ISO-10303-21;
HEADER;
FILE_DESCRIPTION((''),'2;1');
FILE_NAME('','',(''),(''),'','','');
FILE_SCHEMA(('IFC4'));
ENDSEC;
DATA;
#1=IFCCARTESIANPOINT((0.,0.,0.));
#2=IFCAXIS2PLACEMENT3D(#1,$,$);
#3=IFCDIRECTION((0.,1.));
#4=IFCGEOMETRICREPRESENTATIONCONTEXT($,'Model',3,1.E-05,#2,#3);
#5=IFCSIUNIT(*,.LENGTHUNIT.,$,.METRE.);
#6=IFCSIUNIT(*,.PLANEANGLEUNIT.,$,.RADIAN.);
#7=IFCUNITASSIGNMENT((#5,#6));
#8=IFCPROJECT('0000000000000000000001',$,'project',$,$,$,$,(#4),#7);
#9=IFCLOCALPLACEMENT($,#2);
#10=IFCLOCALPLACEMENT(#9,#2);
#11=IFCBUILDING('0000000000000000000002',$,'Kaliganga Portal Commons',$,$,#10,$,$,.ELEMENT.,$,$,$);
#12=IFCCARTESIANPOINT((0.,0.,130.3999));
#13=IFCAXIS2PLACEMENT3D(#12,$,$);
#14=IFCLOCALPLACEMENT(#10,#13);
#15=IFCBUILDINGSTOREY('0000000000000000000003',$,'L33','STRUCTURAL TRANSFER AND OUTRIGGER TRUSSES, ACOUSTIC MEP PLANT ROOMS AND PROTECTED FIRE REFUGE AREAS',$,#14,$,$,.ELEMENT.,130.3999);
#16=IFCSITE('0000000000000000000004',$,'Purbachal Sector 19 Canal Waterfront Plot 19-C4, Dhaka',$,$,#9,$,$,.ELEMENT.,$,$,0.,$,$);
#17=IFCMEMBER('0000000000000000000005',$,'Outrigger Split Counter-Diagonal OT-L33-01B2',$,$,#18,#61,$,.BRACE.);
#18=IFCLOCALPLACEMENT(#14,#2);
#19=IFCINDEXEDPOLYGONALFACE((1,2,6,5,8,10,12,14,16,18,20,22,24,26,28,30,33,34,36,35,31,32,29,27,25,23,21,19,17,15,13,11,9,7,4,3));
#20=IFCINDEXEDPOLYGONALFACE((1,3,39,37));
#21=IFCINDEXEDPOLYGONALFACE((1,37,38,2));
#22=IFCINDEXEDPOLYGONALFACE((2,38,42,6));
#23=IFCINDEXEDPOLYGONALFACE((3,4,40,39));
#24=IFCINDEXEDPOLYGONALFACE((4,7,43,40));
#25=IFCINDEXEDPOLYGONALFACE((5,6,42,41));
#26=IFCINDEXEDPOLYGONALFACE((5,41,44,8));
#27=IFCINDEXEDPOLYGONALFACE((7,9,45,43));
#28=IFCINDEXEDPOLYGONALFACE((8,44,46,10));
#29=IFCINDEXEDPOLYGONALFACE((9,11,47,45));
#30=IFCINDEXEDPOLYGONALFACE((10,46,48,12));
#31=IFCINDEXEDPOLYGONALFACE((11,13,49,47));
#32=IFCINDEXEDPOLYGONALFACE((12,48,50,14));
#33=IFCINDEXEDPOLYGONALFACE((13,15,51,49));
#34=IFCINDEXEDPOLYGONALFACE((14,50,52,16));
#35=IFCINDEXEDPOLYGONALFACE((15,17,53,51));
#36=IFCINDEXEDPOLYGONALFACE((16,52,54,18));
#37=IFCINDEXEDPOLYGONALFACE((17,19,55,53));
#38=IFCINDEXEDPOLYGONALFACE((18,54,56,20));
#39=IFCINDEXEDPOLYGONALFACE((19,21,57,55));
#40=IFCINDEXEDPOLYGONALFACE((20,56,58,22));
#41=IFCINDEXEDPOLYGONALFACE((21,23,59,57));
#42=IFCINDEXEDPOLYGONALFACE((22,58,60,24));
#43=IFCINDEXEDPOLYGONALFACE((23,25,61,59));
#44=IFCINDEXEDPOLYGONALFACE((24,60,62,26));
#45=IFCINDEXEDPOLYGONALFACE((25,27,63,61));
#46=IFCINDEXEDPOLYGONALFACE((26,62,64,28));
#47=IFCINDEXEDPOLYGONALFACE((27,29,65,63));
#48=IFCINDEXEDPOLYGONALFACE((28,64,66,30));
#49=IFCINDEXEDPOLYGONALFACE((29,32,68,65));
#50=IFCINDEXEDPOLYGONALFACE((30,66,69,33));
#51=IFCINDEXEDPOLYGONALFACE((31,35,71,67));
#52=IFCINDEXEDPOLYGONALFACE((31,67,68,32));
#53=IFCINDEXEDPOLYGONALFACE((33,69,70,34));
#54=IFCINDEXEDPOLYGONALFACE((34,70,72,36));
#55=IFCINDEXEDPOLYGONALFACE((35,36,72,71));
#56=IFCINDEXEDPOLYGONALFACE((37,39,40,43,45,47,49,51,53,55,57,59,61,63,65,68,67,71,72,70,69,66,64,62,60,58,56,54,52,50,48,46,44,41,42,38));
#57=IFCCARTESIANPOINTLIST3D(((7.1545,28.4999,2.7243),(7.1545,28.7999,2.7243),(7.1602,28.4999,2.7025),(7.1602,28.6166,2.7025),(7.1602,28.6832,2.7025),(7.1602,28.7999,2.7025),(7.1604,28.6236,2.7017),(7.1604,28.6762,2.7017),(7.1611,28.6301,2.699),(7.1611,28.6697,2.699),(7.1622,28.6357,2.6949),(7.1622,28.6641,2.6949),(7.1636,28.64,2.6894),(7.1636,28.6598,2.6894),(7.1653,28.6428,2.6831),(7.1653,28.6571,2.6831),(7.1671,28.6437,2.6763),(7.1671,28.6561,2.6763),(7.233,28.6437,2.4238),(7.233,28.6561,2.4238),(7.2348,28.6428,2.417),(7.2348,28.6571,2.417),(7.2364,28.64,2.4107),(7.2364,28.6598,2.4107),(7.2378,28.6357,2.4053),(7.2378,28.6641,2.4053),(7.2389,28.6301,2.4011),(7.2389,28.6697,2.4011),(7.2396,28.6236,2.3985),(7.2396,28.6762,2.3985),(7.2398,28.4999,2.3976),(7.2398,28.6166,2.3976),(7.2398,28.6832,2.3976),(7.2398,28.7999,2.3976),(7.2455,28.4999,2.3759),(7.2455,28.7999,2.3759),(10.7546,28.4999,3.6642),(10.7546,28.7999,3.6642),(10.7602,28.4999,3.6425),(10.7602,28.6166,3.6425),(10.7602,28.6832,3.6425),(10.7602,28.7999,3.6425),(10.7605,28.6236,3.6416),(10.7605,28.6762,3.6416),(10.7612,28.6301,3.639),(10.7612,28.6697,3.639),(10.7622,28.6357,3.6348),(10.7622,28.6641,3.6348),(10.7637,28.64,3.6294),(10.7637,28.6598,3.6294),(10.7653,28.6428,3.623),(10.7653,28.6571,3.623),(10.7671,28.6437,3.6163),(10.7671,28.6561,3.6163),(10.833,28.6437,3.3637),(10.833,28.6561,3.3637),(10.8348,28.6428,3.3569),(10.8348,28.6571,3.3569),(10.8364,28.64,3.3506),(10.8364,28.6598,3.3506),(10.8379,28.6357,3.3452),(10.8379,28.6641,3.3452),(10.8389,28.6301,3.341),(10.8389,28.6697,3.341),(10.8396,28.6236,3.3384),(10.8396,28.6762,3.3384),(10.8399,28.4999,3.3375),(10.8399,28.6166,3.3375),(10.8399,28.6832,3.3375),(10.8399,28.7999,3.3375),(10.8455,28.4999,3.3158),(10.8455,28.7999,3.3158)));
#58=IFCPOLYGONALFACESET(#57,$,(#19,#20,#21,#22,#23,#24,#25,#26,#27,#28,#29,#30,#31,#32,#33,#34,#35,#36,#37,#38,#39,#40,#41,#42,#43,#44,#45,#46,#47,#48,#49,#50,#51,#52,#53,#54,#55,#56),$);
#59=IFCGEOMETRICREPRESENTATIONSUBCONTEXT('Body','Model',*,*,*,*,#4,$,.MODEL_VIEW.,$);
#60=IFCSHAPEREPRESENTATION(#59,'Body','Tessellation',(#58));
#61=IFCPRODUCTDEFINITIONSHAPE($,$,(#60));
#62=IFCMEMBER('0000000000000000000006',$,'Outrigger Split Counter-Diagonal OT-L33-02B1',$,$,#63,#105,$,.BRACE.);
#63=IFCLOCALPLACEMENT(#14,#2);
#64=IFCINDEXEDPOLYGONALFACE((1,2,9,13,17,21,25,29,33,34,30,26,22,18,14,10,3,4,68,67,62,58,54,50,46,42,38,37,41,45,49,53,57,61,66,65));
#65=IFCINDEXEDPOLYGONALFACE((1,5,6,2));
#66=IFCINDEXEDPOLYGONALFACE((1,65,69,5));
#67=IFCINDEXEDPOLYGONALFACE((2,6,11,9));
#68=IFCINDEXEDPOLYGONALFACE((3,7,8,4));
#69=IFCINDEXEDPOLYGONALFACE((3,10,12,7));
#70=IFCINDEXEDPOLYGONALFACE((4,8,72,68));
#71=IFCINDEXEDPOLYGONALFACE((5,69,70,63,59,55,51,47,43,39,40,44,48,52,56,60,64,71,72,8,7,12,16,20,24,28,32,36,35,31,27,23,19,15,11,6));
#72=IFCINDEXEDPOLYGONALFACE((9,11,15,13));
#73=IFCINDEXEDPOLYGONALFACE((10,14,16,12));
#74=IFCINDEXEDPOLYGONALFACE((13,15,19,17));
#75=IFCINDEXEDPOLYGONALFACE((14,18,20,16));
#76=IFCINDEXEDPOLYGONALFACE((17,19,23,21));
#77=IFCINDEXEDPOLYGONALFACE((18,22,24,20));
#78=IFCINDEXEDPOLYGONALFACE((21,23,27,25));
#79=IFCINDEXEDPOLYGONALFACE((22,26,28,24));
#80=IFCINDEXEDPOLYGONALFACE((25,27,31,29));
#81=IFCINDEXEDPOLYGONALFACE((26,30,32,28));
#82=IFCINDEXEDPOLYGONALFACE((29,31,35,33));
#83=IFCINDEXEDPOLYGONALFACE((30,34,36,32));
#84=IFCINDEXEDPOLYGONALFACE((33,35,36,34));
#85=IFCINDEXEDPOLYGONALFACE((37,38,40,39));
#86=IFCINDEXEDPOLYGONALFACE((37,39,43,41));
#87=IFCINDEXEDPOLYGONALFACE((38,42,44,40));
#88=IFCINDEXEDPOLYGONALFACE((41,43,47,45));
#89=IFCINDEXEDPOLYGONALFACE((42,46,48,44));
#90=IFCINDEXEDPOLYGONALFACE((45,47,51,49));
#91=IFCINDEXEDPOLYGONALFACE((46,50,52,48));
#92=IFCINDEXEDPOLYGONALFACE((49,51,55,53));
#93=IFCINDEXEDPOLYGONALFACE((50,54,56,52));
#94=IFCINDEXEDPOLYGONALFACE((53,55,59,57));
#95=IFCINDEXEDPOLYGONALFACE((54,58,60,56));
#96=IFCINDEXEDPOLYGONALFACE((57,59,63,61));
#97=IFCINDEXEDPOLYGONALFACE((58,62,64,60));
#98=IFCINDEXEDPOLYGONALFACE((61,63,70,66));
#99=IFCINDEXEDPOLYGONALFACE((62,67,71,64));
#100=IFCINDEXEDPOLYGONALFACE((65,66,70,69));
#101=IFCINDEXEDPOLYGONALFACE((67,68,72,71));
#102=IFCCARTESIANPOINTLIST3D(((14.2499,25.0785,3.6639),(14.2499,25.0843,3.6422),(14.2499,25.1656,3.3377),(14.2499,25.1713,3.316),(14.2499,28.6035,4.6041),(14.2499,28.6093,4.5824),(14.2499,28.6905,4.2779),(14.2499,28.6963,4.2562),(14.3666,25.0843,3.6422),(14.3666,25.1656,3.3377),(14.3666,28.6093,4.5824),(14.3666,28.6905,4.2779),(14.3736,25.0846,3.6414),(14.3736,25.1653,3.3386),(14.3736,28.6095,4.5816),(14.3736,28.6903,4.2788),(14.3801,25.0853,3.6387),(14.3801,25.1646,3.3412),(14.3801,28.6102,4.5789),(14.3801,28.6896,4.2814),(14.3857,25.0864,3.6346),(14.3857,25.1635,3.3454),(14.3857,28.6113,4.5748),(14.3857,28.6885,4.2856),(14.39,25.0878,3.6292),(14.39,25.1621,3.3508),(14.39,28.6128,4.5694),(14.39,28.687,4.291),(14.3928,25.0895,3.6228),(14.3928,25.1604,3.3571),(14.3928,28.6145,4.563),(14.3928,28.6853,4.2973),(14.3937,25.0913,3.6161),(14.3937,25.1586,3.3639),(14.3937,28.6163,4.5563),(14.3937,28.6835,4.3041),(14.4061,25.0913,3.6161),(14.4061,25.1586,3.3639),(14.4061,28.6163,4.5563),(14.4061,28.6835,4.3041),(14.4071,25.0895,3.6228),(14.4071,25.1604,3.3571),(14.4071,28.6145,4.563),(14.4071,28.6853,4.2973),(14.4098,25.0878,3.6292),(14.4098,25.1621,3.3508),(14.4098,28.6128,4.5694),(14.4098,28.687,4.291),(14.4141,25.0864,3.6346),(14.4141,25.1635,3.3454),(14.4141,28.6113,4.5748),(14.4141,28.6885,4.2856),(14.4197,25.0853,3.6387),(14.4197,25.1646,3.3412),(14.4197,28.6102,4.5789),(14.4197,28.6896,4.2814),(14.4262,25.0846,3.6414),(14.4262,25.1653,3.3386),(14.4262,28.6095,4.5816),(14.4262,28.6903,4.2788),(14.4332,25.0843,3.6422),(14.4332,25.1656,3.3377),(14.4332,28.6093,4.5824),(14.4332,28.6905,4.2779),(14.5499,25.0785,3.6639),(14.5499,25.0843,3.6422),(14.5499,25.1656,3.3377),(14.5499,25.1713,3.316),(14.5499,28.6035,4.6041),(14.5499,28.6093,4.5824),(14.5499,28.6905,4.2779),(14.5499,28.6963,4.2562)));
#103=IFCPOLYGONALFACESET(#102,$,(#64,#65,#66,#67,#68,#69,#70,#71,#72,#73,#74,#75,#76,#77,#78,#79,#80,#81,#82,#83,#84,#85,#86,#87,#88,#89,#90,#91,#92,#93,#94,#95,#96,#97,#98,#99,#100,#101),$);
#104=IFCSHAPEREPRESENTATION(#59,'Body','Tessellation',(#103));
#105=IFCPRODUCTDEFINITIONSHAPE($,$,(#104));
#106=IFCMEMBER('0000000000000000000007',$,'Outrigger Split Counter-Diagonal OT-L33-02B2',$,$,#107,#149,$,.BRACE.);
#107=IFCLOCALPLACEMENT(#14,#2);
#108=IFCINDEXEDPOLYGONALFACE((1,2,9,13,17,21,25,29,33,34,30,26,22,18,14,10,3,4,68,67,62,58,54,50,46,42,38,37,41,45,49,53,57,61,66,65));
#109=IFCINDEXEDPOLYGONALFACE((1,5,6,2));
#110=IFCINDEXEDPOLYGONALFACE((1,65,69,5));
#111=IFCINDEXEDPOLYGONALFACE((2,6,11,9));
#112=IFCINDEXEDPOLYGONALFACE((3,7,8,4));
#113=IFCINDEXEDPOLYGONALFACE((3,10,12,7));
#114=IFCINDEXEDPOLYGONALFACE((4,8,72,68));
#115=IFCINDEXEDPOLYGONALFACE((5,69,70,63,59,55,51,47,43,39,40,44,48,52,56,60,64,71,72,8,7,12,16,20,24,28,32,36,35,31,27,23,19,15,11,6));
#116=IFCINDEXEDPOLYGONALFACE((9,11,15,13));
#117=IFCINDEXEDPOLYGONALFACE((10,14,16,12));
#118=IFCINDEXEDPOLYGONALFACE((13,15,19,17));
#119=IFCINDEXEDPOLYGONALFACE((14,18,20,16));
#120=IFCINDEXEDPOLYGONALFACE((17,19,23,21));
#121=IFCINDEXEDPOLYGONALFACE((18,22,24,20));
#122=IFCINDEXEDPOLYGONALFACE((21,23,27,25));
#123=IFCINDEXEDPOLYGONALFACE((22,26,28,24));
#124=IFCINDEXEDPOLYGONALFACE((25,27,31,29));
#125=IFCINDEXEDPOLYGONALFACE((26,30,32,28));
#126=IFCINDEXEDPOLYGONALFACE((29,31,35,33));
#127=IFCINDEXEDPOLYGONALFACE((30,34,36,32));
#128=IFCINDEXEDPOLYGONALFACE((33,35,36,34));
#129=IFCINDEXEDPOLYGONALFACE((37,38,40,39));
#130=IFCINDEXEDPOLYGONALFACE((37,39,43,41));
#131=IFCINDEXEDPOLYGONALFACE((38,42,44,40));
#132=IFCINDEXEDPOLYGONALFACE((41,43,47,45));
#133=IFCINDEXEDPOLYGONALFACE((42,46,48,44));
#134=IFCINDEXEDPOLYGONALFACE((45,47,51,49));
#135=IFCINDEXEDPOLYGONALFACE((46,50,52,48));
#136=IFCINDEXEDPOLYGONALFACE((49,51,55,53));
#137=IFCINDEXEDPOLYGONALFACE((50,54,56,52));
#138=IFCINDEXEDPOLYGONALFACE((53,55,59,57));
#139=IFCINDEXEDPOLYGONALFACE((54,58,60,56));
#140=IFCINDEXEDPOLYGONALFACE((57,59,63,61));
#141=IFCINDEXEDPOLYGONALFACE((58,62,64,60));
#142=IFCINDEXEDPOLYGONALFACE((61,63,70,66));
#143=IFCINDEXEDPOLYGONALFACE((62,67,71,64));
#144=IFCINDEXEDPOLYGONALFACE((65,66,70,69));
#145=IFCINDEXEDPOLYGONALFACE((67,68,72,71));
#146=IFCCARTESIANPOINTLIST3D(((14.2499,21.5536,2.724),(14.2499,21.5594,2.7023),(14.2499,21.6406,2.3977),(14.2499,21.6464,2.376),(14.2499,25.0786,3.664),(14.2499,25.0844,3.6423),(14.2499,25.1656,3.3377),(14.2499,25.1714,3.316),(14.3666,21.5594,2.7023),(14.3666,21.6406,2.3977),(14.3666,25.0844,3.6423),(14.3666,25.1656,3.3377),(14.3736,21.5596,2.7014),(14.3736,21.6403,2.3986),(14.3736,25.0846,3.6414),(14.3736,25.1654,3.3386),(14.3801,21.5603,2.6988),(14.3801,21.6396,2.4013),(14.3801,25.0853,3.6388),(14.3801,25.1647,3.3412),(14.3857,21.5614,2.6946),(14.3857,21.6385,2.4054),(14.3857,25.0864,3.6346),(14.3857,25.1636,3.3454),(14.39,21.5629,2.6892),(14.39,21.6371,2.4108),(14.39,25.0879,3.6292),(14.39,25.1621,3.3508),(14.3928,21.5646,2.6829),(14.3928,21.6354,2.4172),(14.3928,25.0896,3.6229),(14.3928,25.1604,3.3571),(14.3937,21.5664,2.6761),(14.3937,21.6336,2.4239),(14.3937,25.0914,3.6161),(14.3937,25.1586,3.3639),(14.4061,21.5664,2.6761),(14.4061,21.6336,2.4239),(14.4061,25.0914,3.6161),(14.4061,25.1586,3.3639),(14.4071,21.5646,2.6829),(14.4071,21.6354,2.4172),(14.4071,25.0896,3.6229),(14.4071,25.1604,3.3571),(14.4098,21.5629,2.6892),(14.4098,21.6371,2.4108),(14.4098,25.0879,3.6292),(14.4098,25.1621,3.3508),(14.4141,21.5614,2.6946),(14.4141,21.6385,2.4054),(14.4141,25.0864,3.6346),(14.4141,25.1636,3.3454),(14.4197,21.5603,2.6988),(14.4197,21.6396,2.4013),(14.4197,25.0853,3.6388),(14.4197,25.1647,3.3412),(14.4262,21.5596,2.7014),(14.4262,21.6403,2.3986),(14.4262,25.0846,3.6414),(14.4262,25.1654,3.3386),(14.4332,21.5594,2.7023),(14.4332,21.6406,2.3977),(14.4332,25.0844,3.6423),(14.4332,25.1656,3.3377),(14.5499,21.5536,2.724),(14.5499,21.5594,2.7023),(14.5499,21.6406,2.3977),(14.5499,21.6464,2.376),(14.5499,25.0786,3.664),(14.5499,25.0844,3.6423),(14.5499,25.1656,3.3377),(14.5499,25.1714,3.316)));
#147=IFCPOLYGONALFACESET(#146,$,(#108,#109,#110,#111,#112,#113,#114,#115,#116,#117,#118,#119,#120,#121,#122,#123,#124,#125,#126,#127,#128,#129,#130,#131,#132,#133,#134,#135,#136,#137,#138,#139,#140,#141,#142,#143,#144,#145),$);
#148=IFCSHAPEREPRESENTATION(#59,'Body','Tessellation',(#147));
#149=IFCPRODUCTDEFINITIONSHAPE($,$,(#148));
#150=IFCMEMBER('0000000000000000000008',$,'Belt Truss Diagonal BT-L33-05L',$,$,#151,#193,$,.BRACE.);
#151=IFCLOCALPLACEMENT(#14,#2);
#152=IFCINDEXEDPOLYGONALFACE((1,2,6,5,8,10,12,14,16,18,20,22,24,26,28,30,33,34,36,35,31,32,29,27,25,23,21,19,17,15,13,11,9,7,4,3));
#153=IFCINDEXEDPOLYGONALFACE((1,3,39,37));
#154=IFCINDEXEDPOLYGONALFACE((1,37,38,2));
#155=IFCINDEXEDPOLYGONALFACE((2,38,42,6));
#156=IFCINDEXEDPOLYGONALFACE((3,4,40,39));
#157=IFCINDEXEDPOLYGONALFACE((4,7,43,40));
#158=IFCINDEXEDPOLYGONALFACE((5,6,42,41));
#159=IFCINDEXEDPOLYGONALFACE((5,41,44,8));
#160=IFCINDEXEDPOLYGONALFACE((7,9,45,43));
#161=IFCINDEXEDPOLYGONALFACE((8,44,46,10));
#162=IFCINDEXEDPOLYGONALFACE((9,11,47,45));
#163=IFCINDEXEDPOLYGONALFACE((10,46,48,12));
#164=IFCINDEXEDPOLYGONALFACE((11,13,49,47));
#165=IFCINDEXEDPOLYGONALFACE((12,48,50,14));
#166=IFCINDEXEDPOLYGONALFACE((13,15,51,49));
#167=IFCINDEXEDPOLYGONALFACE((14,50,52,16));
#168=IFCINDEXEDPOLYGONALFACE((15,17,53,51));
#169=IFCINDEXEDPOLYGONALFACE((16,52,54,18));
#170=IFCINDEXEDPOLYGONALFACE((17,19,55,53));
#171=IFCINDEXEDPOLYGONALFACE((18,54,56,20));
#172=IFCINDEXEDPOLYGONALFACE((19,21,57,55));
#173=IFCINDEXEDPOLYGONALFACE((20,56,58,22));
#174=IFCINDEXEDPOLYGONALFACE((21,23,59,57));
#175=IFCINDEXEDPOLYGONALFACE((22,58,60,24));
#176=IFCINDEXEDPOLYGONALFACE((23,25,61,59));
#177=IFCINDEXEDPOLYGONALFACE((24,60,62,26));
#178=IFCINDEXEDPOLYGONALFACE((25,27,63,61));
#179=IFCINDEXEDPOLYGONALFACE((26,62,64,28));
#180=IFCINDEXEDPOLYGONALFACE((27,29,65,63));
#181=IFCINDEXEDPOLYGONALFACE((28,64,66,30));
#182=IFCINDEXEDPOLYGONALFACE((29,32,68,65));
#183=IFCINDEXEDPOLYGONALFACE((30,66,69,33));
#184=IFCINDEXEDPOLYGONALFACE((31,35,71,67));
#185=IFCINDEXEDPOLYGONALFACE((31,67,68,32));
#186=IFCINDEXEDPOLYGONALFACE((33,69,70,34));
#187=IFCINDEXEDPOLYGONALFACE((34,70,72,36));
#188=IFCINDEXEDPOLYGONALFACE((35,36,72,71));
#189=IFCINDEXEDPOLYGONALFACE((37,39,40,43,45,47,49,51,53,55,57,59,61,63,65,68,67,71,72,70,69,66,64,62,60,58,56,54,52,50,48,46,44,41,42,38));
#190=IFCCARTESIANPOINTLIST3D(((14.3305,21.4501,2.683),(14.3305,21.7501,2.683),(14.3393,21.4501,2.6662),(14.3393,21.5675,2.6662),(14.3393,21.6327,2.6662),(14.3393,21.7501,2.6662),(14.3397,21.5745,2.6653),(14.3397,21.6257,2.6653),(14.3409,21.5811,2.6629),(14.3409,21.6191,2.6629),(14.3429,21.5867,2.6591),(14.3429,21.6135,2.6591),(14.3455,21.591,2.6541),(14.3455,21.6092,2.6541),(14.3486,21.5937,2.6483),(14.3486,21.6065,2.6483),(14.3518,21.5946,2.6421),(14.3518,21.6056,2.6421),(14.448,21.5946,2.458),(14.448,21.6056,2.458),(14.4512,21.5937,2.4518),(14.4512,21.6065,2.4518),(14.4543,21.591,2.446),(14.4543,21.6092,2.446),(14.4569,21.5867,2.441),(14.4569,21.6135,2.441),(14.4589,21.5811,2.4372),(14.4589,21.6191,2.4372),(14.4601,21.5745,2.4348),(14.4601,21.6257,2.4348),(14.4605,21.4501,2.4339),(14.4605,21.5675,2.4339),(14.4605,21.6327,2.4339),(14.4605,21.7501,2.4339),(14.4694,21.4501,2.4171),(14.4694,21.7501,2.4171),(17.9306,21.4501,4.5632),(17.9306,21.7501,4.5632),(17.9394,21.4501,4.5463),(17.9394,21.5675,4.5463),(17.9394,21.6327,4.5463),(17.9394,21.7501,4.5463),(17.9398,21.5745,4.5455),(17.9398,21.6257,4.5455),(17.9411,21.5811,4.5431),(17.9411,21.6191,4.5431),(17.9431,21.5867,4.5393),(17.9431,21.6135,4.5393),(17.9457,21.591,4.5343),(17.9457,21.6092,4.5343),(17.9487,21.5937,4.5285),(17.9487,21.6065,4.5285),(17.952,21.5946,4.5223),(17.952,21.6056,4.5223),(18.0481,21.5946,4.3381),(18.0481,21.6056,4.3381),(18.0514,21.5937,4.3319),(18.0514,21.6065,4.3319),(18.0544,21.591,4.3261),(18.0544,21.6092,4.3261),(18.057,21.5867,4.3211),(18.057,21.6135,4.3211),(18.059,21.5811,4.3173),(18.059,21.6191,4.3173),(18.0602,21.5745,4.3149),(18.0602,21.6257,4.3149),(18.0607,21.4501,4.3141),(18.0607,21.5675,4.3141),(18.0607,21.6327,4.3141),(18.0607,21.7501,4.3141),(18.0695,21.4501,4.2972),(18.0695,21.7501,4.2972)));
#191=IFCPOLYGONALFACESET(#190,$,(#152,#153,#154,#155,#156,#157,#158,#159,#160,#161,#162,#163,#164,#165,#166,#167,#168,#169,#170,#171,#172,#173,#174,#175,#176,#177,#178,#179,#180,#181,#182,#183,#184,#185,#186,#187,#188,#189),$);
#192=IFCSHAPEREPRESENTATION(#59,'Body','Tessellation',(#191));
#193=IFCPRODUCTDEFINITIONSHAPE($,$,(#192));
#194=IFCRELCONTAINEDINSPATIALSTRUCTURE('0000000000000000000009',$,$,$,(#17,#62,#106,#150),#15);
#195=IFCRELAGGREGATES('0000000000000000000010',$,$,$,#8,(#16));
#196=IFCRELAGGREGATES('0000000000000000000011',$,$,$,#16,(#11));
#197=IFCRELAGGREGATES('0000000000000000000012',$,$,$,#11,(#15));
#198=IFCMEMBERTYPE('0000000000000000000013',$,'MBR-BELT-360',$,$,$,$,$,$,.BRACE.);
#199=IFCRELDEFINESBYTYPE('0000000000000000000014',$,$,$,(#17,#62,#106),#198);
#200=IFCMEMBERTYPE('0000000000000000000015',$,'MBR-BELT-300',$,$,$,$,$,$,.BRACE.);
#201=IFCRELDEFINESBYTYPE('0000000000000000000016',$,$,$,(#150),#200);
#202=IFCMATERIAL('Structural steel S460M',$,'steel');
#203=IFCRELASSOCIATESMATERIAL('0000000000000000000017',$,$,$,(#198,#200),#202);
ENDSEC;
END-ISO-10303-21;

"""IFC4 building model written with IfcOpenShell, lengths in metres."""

from ifc_helpers import new_model, si_unit, direction, frame, origin, origin_2d, place, context, subcontext, project, spatial, i_section, extrude, source, transform, mapped, material, material_profile, profile_set, type_object, element, save


model = new_model("IFC4")

# Units and contexts
model_context = context("Model", 3, precision=1e-05, world=origin(), true_north=direction((0.0, 1.0)))
body_context = subcontext(model_context, "Body", "Model", "MODEL_VIEW")
ifc_project = project(units=[si_unit("LENGTHUNIT", "METRE"), si_unit("PLANEANGLEUNIT", "RADIAN")], contexts=[model_context])

# Site, building, storey
site_placement = place(None, origin())
site = spatial("IfcSite", under=ifc_project, at=site_placement, Name="Purbachal Sector 19 Canal Waterfront Plot 19-C4, Dhaka", CompositionType="ELEMENT", RefElevation=0.0)
building_placement = place(site_placement, origin())
building = spatial("IfcBuilding", under=site, at=building_placement, Name="Kaliganga Portal Commons", CompositionType="ELEMENT")
storey_placement = place(building_placement, frame((0.0, 0.0, 130.3999)))
storey = spatial("IfcBuildingStorey", under=building, at=storey_placement, Name="L33", Description="STRUCTURAL TRANSFER AND OUTRIGGER TRUSSES, ACOUSTIC MEP PLANT ROOMS AND PROTECTED FIRE REFUGE AREAS", CompositionType="ELEMENT", Elevation=130.3999)

# Members
ifc_material_1 = material(Name="Structural steel S460M", Category="steel")
ifc_material_profile_1 = material_profile(ifc_material_1, i_section(OverallWidth=0.3, OverallDepth=0.3601, WebThickness=0.0125, FlangeThickness=0.0225, FilletRadius=0.0271, at=origin_2d()), Name="HE 360 B")
ifc_profile_set_1 = profile_set([ifc_material_profile_1], Name="Structural steel S460M wide-flange")
member_type_1 = type_object("IfcMemberType", Name="MBR-BELT-360", PredefinedType="BRACE", material=ifc_profile_set_1)
shared_shape_1 = source(origin(), body_context, "Body", "SweptSolid", [
    extrude(i_section(OverallWidth=0.3, OverallDepth=0.3601, WebThickness=0.0125, FlangeThickness=0.0225, FilletRadius=0.0271, at=origin_2d()), origin(), (0.0, 0.0, 1.0), 3.7207),
])
for number, where, z_axis, x_axis, name in (
    (1, (10.8, 28.6499, 3.49), (-0.967566, 0.0, -0.25262), (0.0, -1.0, 0.0), "Outrigger Split Counter-Diagonal OT-L33-01B2"),
):
    element("IfcMember", number, at=place(storey_placement, frame(where, z_axis=z_axis, x_axis=x_axis)), inside=storey, type_object=member_type_1, Name=name, PredefinedType="BRACE", context=body_context, shape_type="MappedRepresentation", body=[
        mapped(shared_shape_1, transform((0.0, 0.0, 0.0), x_axis=(1.0, 0.0, 0.0), y_axis=(0.0, 1.0, 0.0), z_axis=(0.0, 0.0, 1.0), scale=1.0)),
    ])
shared_shape_2 = source(origin(), body_context, "Body", "SweptSolid", [
    extrude(i_section(OverallWidth=0.3, OverallDepth=0.3601, WebThickness=0.0125, FlangeThickness=0.0225, FilletRadius=0.0271, at=origin_2d()), origin(), (0.0, 0.0, 1.0), 3.6482),
])
for number, where, z_axis, x_axis, name in (
    (2, (14.3999, 28.6499, 4.4302), (0.0, -0.96622, -0.257717), (1.0, 0.0, 0.0), "Outrigger Split Counter-Diagonal OT-L33-02B1"),
    (3, (14.3999, 25.125, 3.49), (0.0, -0.966237, -0.257654), (1.0, 0.0, 0.0), "Outrigger Split Counter-Diagonal OT-L33-02B2"),
):
    element("IfcMember", number, at=place(storey_placement, frame(where, z_axis=z_axis, x_axis=x_axis)), inside=storey, type_object=member_type_1, Name=name, PredefinedType="BRACE", context=body_context, shape_type="MappedRepresentation", body=[
        mapped(shared_shape_2, transform((0.0, 0.0, 0.0), x_axis=(1.0, 0.0, 0.0), y_axis=(0.0, 1.0, 0.0), z_axis=(0.0, 0.0, 1.0), scale=1.0)),
    ])
ifc_material_profile_2 = material_profile(ifc_material_1, i_section(OverallWidth=0.3, OverallDepth=0.3, WebThickness=0.011, FlangeThickness=0.019, FilletRadius=0.0271, at=origin_2d()), Name="HE 300 B")
ifc_profile_set_2 = profile_set([ifc_material_profile_2], Name="Structural steel S460M wide-flange")
member_type_2 = type_object("IfcMemberType", Name="MBR-BELT-300", PredefinedType="BRACE", material=ifc_profile_set_2)
shared_shape_3 = source(origin(), body_context, "Body", "SweptSolid", [
    extrude(i_section(OverallWidth=0.3, OverallDepth=0.3, WebThickness=0.011, FlangeThickness=0.019, FilletRadius=0.0271, at=origin_2d()), origin(), (0.0, 0.0, 1.0), 4.0615),
])
member_1_placement = place(storey_placement, frame((14.3999, 21.6001, 2.55), z_axis=(0.886401, 0.0, 0.462917), x_axis=(0.0, 1.0, 0.0)))
element("IfcMember", 4, at=member_1_placement, inside=storey, type_object=member_type_2, Name="Belt Truss Diagonal BT-L33-05L", PredefinedType="BRACE", context=body_context, shape_type="MappedRepresentation", body=[
    mapped(shared_shape_3, transform((0.0, 0.0, 0.0), x_axis=(1.0, 0.0, 0.0), y_axis=(0.0, 1.0, 0.0), z_axis=(0.0, 0.0, 1.0), scale=1.0)),
])

save(model, "model.ifc")
